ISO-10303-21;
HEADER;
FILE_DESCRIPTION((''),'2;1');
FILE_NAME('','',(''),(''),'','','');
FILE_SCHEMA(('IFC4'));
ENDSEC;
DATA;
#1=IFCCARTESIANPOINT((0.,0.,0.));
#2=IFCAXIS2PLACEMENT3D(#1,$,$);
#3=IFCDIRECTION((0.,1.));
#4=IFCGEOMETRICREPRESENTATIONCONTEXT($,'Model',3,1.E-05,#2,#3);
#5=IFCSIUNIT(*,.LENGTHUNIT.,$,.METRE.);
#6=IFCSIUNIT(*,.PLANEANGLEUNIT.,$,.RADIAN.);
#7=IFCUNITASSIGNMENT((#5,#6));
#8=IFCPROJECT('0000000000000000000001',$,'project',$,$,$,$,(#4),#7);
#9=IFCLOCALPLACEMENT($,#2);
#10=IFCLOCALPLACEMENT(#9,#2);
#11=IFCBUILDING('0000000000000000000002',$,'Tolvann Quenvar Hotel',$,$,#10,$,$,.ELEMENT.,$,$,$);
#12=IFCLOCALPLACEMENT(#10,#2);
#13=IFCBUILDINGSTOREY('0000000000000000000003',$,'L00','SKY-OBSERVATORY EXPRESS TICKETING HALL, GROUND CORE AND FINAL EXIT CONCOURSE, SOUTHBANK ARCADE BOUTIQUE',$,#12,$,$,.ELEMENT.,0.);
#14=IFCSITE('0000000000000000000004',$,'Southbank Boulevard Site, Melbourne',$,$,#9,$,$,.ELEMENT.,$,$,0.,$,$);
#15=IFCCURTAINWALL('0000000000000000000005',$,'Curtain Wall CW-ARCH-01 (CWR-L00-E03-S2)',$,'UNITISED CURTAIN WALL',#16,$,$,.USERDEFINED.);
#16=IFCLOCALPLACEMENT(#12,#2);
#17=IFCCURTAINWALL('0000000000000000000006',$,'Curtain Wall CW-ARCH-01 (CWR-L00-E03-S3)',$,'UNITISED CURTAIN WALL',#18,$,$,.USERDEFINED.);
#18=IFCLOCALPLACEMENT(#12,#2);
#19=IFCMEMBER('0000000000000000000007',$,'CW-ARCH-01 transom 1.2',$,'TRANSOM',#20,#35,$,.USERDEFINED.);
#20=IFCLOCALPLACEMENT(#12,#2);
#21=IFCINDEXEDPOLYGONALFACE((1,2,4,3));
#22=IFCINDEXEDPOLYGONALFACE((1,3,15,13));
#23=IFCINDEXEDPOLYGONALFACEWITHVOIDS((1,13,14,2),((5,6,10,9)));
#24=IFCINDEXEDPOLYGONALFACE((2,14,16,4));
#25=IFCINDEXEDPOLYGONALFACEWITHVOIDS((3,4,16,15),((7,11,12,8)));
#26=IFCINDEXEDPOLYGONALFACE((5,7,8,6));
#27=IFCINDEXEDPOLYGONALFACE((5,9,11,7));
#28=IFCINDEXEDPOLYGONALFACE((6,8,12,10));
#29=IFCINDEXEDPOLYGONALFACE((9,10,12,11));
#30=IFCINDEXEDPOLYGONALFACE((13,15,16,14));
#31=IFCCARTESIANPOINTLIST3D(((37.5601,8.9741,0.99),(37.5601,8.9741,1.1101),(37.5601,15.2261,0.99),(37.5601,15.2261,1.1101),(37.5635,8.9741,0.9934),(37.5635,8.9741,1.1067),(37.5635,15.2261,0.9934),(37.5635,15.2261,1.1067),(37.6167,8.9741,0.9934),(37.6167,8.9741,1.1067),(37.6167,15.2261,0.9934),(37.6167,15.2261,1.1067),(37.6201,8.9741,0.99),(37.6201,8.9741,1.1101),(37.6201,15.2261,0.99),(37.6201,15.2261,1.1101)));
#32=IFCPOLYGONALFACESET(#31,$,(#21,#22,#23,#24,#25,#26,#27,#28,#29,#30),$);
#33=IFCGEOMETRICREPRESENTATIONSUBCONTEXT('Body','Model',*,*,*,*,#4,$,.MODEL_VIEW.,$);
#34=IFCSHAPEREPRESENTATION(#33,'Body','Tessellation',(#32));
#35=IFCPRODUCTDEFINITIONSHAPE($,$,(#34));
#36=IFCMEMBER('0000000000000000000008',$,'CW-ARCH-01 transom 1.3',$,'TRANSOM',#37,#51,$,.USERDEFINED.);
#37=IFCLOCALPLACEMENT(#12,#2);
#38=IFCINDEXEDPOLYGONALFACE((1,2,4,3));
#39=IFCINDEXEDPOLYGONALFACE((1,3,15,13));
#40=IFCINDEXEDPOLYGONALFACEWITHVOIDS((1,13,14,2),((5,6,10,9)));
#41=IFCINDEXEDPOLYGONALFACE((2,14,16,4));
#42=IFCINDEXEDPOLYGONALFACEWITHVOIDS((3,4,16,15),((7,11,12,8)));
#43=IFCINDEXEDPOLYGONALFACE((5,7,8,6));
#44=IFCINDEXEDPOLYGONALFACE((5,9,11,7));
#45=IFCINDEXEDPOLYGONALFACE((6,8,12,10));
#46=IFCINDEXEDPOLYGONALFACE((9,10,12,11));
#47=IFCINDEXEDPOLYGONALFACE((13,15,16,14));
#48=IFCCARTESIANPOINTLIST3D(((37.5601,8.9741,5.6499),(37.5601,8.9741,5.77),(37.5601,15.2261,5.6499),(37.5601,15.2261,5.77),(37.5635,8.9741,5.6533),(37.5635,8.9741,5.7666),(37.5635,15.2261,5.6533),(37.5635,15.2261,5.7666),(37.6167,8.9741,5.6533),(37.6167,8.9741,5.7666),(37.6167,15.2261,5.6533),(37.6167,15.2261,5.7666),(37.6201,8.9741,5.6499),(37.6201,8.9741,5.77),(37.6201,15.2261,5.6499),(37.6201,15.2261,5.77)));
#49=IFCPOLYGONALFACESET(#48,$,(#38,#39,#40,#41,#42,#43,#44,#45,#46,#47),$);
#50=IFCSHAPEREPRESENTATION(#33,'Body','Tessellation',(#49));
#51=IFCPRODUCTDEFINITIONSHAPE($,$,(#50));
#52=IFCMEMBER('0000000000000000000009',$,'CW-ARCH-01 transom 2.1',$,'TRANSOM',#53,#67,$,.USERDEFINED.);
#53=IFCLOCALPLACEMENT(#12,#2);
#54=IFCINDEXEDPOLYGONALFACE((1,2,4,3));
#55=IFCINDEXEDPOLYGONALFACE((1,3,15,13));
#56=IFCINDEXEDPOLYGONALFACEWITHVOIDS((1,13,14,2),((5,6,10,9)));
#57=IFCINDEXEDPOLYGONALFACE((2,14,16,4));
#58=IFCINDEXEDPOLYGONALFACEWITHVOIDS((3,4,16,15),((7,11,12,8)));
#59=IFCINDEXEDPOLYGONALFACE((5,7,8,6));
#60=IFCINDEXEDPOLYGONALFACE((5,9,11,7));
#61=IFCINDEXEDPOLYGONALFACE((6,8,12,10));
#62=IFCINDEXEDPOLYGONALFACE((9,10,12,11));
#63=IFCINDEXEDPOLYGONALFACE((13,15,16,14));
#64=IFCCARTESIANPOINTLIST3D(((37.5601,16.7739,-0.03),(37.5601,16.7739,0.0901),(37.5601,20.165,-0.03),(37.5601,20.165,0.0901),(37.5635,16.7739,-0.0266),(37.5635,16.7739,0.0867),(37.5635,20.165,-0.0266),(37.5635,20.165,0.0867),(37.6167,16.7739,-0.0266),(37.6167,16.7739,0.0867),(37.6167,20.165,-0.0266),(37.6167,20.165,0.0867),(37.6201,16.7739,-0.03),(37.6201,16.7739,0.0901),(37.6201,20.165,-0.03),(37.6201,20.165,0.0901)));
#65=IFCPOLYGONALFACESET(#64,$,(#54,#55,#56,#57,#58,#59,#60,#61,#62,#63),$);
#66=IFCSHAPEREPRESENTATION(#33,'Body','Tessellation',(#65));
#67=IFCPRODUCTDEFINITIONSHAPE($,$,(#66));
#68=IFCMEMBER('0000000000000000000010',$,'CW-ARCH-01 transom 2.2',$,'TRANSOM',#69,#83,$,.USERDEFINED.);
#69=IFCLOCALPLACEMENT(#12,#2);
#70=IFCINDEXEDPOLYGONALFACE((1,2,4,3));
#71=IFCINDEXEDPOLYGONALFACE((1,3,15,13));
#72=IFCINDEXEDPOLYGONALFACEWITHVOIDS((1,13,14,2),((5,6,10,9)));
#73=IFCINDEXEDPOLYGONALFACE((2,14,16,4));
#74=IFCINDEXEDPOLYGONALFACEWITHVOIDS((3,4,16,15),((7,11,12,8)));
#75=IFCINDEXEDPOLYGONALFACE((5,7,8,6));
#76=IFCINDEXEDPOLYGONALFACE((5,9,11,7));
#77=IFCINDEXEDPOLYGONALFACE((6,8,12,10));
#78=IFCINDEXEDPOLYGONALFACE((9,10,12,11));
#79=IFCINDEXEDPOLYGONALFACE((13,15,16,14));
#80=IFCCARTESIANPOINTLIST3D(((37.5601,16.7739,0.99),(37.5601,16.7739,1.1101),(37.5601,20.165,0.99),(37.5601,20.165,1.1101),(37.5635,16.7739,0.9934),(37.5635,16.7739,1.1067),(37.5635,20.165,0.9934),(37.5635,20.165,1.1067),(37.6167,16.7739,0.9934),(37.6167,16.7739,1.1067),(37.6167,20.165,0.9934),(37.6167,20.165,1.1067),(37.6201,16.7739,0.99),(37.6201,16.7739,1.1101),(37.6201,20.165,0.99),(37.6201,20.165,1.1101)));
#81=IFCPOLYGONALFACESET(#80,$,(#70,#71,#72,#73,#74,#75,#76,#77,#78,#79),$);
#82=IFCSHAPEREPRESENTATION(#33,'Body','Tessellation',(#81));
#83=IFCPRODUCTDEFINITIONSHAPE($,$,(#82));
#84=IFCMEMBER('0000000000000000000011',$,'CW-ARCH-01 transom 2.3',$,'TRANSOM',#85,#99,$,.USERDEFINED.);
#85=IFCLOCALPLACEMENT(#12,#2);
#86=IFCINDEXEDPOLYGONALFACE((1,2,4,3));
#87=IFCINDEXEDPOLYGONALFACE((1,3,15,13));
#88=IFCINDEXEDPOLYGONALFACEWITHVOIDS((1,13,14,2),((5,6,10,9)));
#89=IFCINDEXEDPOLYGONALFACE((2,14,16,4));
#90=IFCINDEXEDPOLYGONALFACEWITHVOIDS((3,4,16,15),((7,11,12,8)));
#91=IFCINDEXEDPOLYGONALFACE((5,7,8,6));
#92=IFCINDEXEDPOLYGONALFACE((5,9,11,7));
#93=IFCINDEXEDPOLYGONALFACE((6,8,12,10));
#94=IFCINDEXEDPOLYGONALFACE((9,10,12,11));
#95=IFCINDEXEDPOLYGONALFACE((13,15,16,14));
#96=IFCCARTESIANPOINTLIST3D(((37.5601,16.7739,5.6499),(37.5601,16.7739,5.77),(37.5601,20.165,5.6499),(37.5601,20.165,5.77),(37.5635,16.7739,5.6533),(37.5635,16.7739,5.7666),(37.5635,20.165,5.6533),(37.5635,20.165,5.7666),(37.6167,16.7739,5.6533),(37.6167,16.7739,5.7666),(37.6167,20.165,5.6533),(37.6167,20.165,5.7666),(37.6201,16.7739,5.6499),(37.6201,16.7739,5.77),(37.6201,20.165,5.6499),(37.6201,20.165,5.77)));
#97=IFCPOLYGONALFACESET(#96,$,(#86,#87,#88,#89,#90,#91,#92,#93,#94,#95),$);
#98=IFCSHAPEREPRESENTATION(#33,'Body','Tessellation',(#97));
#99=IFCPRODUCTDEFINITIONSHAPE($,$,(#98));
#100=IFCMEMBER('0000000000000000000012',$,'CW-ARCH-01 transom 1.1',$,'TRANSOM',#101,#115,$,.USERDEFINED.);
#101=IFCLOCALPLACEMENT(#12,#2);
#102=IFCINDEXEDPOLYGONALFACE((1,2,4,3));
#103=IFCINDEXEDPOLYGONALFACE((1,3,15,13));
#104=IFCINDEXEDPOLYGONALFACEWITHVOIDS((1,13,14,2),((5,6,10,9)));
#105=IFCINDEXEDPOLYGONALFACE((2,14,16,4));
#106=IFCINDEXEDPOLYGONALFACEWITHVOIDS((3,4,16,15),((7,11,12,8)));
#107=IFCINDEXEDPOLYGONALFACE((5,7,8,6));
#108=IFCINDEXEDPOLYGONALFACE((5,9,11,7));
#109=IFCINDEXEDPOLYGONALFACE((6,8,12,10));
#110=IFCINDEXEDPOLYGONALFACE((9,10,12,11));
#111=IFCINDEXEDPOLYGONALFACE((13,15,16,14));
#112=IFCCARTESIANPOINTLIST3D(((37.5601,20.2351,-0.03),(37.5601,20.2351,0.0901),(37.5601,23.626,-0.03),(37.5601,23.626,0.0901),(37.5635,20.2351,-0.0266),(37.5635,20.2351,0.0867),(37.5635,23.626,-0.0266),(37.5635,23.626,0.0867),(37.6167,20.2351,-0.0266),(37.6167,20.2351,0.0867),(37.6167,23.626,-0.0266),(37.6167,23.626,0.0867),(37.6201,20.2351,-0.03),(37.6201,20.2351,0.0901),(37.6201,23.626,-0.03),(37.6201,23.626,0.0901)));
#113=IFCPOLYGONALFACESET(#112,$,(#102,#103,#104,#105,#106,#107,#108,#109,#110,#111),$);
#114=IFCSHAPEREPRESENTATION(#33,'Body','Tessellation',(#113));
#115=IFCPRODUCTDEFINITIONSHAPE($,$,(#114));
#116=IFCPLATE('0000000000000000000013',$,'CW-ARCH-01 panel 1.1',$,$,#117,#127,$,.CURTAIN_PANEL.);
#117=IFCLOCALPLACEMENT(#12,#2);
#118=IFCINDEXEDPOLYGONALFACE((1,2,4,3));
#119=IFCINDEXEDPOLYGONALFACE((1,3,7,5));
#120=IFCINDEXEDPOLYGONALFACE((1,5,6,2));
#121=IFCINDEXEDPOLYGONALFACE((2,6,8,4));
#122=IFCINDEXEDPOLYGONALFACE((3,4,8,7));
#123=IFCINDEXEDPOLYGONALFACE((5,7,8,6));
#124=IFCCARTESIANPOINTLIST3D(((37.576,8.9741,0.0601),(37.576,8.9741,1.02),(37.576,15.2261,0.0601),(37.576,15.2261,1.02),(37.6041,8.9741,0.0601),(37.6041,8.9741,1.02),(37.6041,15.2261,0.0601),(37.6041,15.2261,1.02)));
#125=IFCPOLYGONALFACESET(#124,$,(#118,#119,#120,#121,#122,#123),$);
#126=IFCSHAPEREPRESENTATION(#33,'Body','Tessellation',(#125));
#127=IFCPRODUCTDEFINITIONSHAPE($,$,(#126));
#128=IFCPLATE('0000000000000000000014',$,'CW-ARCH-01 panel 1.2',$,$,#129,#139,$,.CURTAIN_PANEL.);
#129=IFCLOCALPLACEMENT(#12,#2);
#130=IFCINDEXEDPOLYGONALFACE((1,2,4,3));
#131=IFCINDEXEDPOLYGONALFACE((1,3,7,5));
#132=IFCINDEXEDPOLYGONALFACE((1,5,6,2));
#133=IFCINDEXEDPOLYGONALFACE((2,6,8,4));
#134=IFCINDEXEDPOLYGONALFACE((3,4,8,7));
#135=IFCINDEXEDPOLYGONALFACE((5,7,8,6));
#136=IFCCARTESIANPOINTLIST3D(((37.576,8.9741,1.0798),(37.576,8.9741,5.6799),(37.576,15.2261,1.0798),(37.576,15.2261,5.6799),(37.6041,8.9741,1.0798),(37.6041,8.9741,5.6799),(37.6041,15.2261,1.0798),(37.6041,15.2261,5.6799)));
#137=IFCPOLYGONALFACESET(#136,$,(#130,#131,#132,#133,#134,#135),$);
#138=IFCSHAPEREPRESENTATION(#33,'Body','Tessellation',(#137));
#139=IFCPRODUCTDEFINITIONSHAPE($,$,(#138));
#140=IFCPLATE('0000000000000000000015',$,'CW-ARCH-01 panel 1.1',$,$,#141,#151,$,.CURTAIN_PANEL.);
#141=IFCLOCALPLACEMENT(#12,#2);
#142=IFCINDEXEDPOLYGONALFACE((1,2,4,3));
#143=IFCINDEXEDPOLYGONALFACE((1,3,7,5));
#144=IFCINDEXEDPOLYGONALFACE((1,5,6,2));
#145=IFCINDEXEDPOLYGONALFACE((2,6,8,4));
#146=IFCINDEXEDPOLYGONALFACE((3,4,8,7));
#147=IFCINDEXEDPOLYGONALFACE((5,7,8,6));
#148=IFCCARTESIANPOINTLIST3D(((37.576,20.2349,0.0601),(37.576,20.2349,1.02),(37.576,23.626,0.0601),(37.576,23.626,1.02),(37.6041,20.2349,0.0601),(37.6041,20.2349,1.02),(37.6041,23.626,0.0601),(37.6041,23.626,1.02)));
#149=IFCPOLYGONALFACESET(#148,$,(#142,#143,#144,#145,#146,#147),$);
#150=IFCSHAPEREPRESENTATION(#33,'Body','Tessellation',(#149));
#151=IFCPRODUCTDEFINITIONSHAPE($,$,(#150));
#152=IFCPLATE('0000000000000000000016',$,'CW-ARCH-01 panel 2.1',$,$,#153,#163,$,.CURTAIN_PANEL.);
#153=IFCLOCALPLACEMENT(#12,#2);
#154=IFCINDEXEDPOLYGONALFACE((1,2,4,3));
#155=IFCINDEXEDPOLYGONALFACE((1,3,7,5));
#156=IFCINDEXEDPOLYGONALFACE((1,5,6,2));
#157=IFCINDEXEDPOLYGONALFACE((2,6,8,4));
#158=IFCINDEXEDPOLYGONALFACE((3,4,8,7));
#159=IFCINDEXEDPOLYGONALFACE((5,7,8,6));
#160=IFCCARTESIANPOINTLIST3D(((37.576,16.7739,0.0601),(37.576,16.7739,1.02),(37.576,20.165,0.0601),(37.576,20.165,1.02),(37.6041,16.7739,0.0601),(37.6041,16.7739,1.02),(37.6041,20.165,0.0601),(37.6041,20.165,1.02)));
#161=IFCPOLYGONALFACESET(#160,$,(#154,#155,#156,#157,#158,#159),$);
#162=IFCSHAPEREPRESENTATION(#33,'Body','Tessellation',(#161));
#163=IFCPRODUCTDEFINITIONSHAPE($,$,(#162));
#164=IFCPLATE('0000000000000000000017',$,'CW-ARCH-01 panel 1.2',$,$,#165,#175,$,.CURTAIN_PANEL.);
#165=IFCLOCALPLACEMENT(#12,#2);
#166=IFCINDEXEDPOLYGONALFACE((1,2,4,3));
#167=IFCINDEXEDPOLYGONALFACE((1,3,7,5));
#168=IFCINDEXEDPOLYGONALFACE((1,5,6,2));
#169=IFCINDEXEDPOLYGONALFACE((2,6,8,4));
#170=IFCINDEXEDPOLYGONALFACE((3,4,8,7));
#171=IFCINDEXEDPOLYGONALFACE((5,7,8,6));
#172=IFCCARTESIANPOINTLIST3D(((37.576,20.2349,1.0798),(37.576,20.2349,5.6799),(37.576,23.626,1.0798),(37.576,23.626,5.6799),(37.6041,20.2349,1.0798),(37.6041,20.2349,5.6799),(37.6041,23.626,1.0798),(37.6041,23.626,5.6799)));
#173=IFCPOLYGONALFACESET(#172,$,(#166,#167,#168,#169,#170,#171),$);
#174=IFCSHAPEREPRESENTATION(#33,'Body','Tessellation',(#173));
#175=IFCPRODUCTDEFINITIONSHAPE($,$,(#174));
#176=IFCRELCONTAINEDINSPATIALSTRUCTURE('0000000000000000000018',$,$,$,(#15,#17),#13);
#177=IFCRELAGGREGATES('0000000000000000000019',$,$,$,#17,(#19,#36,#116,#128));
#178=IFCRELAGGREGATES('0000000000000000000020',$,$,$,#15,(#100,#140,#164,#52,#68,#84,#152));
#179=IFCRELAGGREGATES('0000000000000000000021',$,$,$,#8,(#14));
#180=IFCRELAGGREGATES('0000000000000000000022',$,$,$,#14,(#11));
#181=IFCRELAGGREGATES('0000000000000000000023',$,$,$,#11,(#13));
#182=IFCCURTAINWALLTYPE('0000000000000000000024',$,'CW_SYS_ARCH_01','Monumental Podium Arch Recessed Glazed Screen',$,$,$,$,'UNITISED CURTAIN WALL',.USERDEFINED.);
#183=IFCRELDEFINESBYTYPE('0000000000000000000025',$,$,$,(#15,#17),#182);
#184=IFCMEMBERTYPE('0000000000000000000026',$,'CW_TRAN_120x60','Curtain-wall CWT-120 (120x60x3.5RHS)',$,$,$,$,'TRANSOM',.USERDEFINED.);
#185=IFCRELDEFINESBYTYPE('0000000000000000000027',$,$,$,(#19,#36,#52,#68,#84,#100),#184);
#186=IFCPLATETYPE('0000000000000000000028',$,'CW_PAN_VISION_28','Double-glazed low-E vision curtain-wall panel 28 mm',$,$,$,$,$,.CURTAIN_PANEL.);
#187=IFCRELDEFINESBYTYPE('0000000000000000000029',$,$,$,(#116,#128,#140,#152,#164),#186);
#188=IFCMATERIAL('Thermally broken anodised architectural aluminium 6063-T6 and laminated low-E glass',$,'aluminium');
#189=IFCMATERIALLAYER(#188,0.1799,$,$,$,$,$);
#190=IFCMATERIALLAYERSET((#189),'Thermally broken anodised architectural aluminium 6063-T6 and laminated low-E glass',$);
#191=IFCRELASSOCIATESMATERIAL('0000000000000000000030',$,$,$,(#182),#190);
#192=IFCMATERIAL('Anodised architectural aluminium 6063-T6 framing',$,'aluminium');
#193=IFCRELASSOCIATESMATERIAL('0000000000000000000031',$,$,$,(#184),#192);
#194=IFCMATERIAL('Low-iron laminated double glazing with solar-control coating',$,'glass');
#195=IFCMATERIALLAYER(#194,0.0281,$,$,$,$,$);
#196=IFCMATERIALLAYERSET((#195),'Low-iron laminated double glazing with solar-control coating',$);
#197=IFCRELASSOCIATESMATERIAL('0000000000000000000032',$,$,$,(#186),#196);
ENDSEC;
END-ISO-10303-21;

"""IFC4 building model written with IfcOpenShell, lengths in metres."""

from ifc_helpers import new_model, si_unit, direction, frame, origin, origin_2d, place, context, subcontext, project, spatial, rectangle, hollow_rectangle, extrude, source, transform, mapped, material, layer, layer_set, material_profile, profile_set, type_object, type_shapes, element, aggregate, save


model = new_model("IFC4")

# Units and contexts
model_context = context("Model", 3, precision=1e-05, world=origin(), true_north=direction((0.0, 1.0)))
body_context = subcontext(model_context, "Body", "Model", "MODEL_VIEW")
ifc_project = project(units=[si_unit("LENGTHUNIT", "METRE"), si_unit("PLANEANGLEUNIT", "RADIAN")], contexts=[model_context])

# Site, building, storey
site_placement = place(None, origin())
site = spatial("IfcSite", under=ifc_project, at=site_placement, Name="Southbank Boulevard Site, Melbourne", CompositionType="ELEMENT", RefElevation=0.0)
building_placement = place(site_placement, origin())
building = spatial("IfcBuilding", under=site, at=building_placement, Name="Tolvann Quenvar Hotel", CompositionType="ELEMENT")
storey_placement = place(building_placement, origin())
storey = spatial("IfcBuildingStorey", under=building, at=storey_placement, Name="L00", Description="SKY-OBSERVATORY EXPRESS TICKETING HALL, GROUND CORE AND FINAL EXIT CONCOURSE, SOUTHBANK ARCADE BOUTIQUE", CompositionType="ELEMENT", Elevation=0.0)

# Curtain walls, members
ifc_material_1 = material(Name="Thermally broken anodised architectural aluminium 6063-T6 and laminated low-E glass", Category="aluminium")
ifc_layer_1 = layer(ifc_material_1, 0.1799)
ifc_layer_set_1 = layer_set([ifc_layer_1], Name="Thermally broken anodised architectural aluminium 6063-T6 and laminated low-E glass")
curtain_wall_type = type_object("IfcCurtainWallType", Name="CW_SYS_ARCH_01", Description="Monumental Podium Arch Recessed Glazed Screen", ElementType="UNITISED CURTAIN WALL", PredefinedType="USERDEFINED", material=ifc_layer_set_1)
curtain_wall_1_placement = place(storey_placement, origin())
curtain_wall_1 = element("IfcCurtainWall", 1, at=curtain_wall_1_placement, inside=storey, type_object=curtain_wall_type, Name="Curtain Wall CW-ARCH-01 (CWR-L00-E03-S2)", ObjectType="UNITISED CURTAIN WALL", PredefinedType="USERDEFINED")
ifc_material_2 = material(Name="Anodised architectural aluminium 6063-T6 framing", Category="aluminium")
curtain_wall_2_placement = place(storey_placement, origin())
curtain_wall_2 = element("IfcCurtainWall", 2, at=curtain_wall_2_placement, inside=storey, type_object=curtain_wall_type, Name="Curtain Wall CW-ARCH-01 (CWR-L00-E03-S3)", ObjectType="UNITISED CURTAIN WALL", PredefinedType="USERDEFINED")
ifc_material_profile_1 = material_profile(ifc_material_2, hollow_rectangle(XDim=0.0601, YDim=0.1201, WallThickness=0.0034, at=origin_2d()), Name="120x60x3.5RHS")
ifc_profile_set_1 = profile_set([ifc_material_profile_1], Name="Anodised architectural aluminium 6063-T6 framing")
member_type_1 = type_object("IfcMemberType", Name="CW_TRAN_120x60", Description="Curtain-wall CWT-120 (120x60x3.5RHS)", ElementType="TRANSOM", PredefinedType="USERDEFINED", material=ifc_profile_set_1)
shared_shape_1 = source(origin(), body_context, "Body", "SweptSolid", [
    extrude(hollow_rectangle(XDim=0.0601, YDim=0.1201, WallThickness=0.0034, at=origin_2d()), origin(), (0.0, 0.0, 1.0), 6.252),
])
member_1_placement = place(storey_placement, frame((37.5901, 15.2261, 1.05), z_axis=(0.0, -1.0, 0.0), x_axis=(1.0, 0.0, 0.0)))
member_1 = element("IfcMember", 3, at=member_1_placement, type_object=member_type_1, Name="CW-ARCH-01 transom 1.2", ObjectType="TRANSOM", PredefinedType="USERDEFINED", context=body_context, shape_type="MappedRepresentation", body=[
    mapped(shared_shape_1, transform((0.0, 0.0, 0.0), x_axis=(1.0, 0.0, 0.0), y_axis=(0.0, 1.0, 0.0), z_axis=(0.0, 0.0, 1.0), scale=1.0)),
])
member_2_placement = place(storey_placement, frame((37.5901, 15.2261, 5.71), z_axis=(0.0, -1.0, 0.0), x_axis=(1.0, 0.0, 0.0)))
member_2 = element("IfcMember", 4, at=member_2_placement, type_object=member_type_1, Name="CW-ARCH-01 transom 1.3", ObjectType="TRANSOM", PredefinedType="USERDEFINED", context=body_context, shape_type="MappedRepresentation", body=[
    mapped(shared_shape_1, transform((0.0, 0.0, 0.0), x_axis=(1.0, 0.0, 0.0), y_axis=(0.0, 1.0, 0.0), z_axis=(0.0, 0.0, 1.0), scale=1.0)),
])

# Members
shared_shape_2 = source(origin(), body_context, "Body", "SweptSolid", [
    extrude(hollow_rectangle(XDim=0.0601, YDim=0.1201, WallThickness=0.0034, at=origin_2d()), origin(), (0.0, 0.0, 1.0), 3.3911),
])
member_3_placement = place(storey_placement, frame((37.5901, 20.165, 0.03), z_axis=(0.0, -1.0, 0.0), x_axis=(1.0, 0.0, 0.0)))
member_3 = element("IfcMember", 5, at=member_3_placement, type_object=member_type_1, Name="CW-ARCH-01 transom 2.1", ObjectType="TRANSOM", PredefinedType="USERDEFINED", context=body_context, shape_type="MappedRepresentation", body=[
    mapped(shared_shape_2, transform((0.0, 0.0, 0.0), x_axis=(1.0, 0.0, 0.0), y_axis=(0.0, 1.0, 0.0), z_axis=(0.0, 0.0, 1.0), scale=1.0)),
])
member_4_placement = place(storey_placement, frame((37.5901, 20.165, 1.05), z_axis=(0.0, -1.0, 0.0), x_axis=(1.0, 0.0, 0.0)))
member_4 = element("IfcMember", 6, at=member_4_placement, type_object=member_type_1, Name="CW-ARCH-01 transom 2.2", ObjectType="TRANSOM", PredefinedType="USERDEFINED", context=body_context, shape_type="MappedRepresentation", body=[
    mapped(shared_shape_2, transform((0.0, 0.0, 0.0), x_axis=(1.0, 0.0, 0.0), y_axis=(0.0, 1.0, 0.0), z_axis=(0.0, 0.0, 1.0), scale=1.0)),
])
member_5_placement = place(storey_placement, frame((37.5901, 20.165, 5.71), z_axis=(0.0, -1.0, 0.0), x_axis=(1.0, 0.0, 0.0)))
member_5 = element("IfcMember", 7, at=member_5_placement, type_object=member_type_1, Name="CW-ARCH-01 transom 2.3", ObjectType="TRANSOM", PredefinedType="USERDEFINED", context=body_context, shape_type="MappedRepresentation", body=[
    mapped(shared_shape_2, transform((0.0, 0.0, 0.0), x_axis=(1.0, 0.0, 0.0), y_axis=(0.0, 1.0, 0.0), z_axis=(0.0, 0.0, 1.0), scale=1.0)),
])
shared_shape_3 = source(origin(), body_context, "Body", "SweptSolid", [
    extrude(hollow_rectangle(XDim=0.0601, YDim=0.1201, WallThickness=0.0034, at=origin_2d()), origin(), (0.0, 0.0, 1.0), 3.3909),
])
type_shapes(member_type_1, [shared_shape_1, shared_shape_2, shared_shape_3])
member_6_placement = place(storey_placement, frame((37.5901, 23.626, 0.03), z_axis=(0.0, -1.0, 0.0), x_axis=(1.0, 0.0, 0.0)))
member_6 = element("IfcMember", 8, at=member_6_placement, type_object=member_type_1, Name="CW-ARCH-01 transom 1.1", ObjectType="TRANSOM", PredefinedType="USERDEFINED", context=body_context, shape_type="MappedRepresentation", body=[
    mapped(shared_shape_3, transform((0.0, 0.0, 0.0), x_axis=(1.0, 0.0, 0.0), y_axis=(0.0, 1.0, 0.0), z_axis=(0.0, 0.0, 1.0), scale=1.0)),
])

# Plates
ifc_material_3 = material(Name="Low-iron laminated double glazing with solar-control coating", Category="glass")
ifc_layer_2 = layer(ifc_material_3, 0.0281)
ifc_layer_set_2 = layer_set([ifc_layer_2], Name="Low-iron laminated double glazing with solar-control coating")
plate_type = type_object("IfcPlateType", Name="CW_PAN_VISION_28", Description="Double-glazed low-E vision curtain-wall panel 28 mm", PredefinedType="CURTAIN_PANEL", material=ifc_layer_set_2)
shared_shape_4 = source(origin(), body_context, "Body", "SweptSolid", [
    extrude(rectangle(XDim=6.252, YDim=0.0281, at=origin_2d()), origin(), (0.0, 0.0, 1.0), 0.96),
])
plate_1_placement = place(storey_placement, frame((37.5901, 12.1001, 0.0601), z_axis=(0.0, 0.0, 1.0), x_axis=(0.0, -1.0, 0.0)))
plate_1 = element("IfcPlate", 9, at=plate_1_placement, type_object=plate_type, Name="CW-ARCH-01 panel 1.1", PredefinedType="CURTAIN_PANEL", context=body_context, shape_type="MappedRepresentation", body=[
    mapped(shared_shape_4, transform((0.0, 0.0, 0.0), x_axis=(1.0, 0.0, 0.0), y_axis=(0.0, 1.0, 0.0), z_axis=(0.0, 0.0, 1.0), scale=1.0)),
])
shared_shape_5 = source(origin(), body_context, "Body", "SweptSolid", [
    extrude(rectangle(XDim=6.252, YDim=0.0281, at=origin_2d()), origin(), (0.0, 0.0, 1.0), 4.6001),
])
plate_2_placement = place(storey_placement, frame((37.5901, 12.1001, 1.0798), z_axis=(0.0, 0.0, 1.0), x_axis=(0.0, -1.0, 0.0)))
plate_2 = element("IfcPlate", 10, at=plate_2_placement, type_object=plate_type, Name="CW-ARCH-01 panel 1.2", PredefinedType="CURTAIN_PANEL", context=body_context, shape_type="MappedRepresentation", body=[
    mapped(shared_shape_5, transform((0.0, 0.0, 0.0), x_axis=(1.0, 0.0, 0.0), y_axis=(0.0, 1.0, 0.0), z_axis=(0.0, 0.0, 1.0), scale=1.0)),
])
aggregate(curtain_wall_2, [member_1, member_2, plate_1, plate_2])
shared_shape_6 = source(origin(), body_context, "Body", "SweptSolid", [
    extrude(rectangle(XDim=3.3911, YDim=0.0281, at=origin_2d()), origin(), (0.0, 0.0, 1.0), 0.96),
])
plate_3_placement = place(storey_placement, frame((37.5901, 21.9304, 0.0601), z_axis=(0.0, 0.0, 1.0), x_axis=(0.0, -1.0, 0.0)))
plate_3 = element("IfcPlate", 11, at=plate_3_placement, type_object=plate_type, Name="CW-ARCH-01 panel 1.1", PredefinedType="CURTAIN_PANEL", context=body_context, shape_type="MappedRepresentation", body=[
    mapped(shared_shape_6, transform((0.0, 0.0, 0.0), x_axis=(1.0, 0.0, 0.0), y_axis=(0.0, 1.0, 0.0), z_axis=(0.0, 0.0, 1.0), scale=1.0)),
])
plate_4_placement = place(storey_placement, frame((37.5901, 18.4695, 0.0601), z_axis=(0.0, 0.0, 1.0), x_axis=(0.0, -1.0, 0.0)))
plate_4 = element("IfcPlate", 12, at=plate_4_placement, type_object=plate_type, Name="CW-ARCH-01 panel 2.1", PredefinedType="CURTAIN_PANEL", context=body_context, shape_type="MappedRepresentation", body=[
    mapped(shared_shape_6, transform((0.0, 0.0, 0.0), x_axis=(1.0, 0.0, 0.0), y_axis=(0.0, 1.0, 0.0), z_axis=(0.0, 0.0, 1.0), scale=1.0)),
])
shared_shape_7 = source(origin(), body_context, "Body", "SweptSolid", [
    extrude(rectangle(XDim=3.3911, YDim=0.0281, at=origin_2d()), origin(), (0.0, 0.0, 1.0), 4.6001),
])
type_shapes(plate_type, [shared_shape_4, shared_shape_5, shared_shape_6, shared_shape_7])
plate_5_placement = place(storey_placement, frame((37.5901, 21.9304, 1.0798), z_axis=(0.0, 0.0, 1.0), x_axis=(0.0, -1.0, 0.0)))
plate_5 = element("IfcPlate", 13, at=plate_5_placement, type_object=plate_type, Name="CW-ARCH-01 panel 1.2", PredefinedType="CURTAIN_PANEL", context=body_context, shape_type="MappedRepresentation", body=[
    mapped(shared_shape_7, transform((0.0, 0.0, 0.0), x_axis=(1.0, 0.0, 0.0), y_axis=(0.0, 1.0, 0.0), z_axis=(0.0, 0.0, 1.0), scale=1.0)),
])
aggregate(curtain_wall_1, [member_6, plate_3, plate_5, member_3, member_4, member_5, plate_4])

save(model, "model.ifc")
